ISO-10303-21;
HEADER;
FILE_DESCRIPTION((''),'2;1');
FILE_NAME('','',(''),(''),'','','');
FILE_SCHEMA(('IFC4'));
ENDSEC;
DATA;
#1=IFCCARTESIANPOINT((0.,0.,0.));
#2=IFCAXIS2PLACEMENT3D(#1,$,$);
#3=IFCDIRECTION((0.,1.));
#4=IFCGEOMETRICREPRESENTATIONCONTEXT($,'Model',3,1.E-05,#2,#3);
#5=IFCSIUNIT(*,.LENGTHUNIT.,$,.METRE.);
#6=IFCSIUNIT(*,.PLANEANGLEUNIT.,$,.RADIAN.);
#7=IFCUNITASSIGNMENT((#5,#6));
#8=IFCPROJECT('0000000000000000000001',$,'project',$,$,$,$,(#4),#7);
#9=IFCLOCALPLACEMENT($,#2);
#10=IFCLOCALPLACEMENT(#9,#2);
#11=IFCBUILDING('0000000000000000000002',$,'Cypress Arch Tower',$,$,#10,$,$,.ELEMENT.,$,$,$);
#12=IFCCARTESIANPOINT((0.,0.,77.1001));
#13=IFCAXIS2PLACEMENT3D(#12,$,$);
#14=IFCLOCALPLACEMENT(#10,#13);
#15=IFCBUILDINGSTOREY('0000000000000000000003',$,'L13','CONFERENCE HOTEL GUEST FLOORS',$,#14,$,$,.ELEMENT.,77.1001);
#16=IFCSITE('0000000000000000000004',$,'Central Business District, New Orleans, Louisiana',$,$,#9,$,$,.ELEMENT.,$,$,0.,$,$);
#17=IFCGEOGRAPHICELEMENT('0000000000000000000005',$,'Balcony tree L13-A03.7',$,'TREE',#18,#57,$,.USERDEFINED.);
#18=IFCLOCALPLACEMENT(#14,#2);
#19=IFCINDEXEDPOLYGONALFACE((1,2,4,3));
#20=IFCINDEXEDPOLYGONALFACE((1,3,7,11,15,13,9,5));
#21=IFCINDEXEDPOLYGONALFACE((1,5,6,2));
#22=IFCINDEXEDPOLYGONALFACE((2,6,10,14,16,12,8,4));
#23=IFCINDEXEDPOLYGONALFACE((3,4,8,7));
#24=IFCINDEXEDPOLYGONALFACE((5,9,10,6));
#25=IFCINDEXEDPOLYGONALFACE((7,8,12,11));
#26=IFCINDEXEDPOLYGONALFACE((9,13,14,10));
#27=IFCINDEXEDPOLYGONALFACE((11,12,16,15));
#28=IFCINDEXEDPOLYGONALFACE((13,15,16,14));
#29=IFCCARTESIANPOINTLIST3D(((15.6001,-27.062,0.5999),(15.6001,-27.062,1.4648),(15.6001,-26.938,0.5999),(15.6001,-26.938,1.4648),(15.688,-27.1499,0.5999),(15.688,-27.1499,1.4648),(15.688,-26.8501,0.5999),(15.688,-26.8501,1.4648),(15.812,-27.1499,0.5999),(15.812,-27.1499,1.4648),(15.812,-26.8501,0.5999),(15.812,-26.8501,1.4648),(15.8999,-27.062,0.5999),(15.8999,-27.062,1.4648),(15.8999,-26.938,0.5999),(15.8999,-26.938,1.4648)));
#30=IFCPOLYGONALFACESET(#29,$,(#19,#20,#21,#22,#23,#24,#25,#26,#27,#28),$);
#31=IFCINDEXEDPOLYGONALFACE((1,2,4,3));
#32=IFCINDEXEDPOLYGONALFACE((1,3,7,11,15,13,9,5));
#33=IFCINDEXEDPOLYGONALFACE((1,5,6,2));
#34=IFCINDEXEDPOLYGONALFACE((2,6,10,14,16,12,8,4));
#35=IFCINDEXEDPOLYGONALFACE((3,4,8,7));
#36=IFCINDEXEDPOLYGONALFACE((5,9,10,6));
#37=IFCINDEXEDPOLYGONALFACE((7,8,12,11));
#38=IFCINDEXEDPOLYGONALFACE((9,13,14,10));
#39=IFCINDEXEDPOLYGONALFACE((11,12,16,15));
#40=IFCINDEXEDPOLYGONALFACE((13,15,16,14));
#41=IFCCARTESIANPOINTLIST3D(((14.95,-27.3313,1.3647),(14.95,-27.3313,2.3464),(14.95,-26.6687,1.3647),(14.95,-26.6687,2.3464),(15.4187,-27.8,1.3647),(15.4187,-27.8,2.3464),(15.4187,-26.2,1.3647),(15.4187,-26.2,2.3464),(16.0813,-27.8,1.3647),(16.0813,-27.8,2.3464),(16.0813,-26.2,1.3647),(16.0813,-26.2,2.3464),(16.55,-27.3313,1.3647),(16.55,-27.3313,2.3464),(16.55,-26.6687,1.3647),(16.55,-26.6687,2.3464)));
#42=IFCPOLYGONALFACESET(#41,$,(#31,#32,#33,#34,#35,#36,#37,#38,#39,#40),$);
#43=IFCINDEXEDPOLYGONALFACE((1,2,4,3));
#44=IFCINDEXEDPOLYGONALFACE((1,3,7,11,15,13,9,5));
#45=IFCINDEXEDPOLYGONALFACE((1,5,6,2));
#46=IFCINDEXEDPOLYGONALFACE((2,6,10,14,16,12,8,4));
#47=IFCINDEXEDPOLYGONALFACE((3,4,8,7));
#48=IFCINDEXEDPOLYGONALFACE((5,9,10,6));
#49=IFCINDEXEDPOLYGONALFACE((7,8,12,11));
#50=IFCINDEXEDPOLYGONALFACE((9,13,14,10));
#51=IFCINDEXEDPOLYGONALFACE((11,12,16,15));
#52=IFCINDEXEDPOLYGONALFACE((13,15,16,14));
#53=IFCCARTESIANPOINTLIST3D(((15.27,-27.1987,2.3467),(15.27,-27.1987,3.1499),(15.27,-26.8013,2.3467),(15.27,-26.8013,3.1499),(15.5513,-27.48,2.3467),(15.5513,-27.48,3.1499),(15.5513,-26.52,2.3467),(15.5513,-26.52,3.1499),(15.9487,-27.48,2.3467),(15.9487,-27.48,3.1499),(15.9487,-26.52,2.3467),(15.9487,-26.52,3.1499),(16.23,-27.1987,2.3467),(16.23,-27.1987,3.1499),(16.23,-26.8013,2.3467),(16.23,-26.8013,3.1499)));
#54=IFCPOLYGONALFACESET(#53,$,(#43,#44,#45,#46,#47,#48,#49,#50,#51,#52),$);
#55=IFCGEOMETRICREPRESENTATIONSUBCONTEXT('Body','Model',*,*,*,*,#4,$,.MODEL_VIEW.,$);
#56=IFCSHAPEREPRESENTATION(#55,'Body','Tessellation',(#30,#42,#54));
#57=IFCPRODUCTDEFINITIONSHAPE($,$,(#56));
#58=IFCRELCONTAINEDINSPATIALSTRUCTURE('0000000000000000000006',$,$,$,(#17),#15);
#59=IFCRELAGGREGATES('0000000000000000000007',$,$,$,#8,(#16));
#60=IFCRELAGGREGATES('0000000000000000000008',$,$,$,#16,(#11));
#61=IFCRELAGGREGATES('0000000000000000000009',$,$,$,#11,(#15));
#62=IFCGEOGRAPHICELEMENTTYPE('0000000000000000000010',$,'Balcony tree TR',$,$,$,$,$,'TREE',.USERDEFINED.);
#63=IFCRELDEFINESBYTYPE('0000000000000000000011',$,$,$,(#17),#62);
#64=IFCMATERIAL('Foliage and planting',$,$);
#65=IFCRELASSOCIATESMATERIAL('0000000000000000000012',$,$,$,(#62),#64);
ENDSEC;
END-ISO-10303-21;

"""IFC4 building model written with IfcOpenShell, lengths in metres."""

from ifc_helpers import new_model, si_unit, direction, frame, origin, place, context, subcontext, project, spatial, polyline, outline, extrude, material, type_object, element, save


model = new_model("IFC4")

# Units and contexts
model_context = context("Model", 3, precision=1e-05, world=origin(), true_north=direction((0.0, 1.0)))
body_context = subcontext(model_context, "Body", "Model", "MODEL_VIEW")
ifc_project = project(units=[si_unit("LENGTHUNIT", "METRE"), si_unit("PLANEANGLEUNIT", "RADIAN")], contexts=[model_context])

# Site, building, storey
site_placement = place(None, origin())
site = spatial("IfcSite", under=ifc_project, at=site_placement, Name="Central Business District, New Orleans, Louisiana", CompositionType="ELEMENT", RefElevation=0.0)
building_placement = place(site_placement, origin())
building = spatial("IfcBuilding", under=site, at=building_placement, Name="Cypress Arch Tower", CompositionType="ELEMENT")
storey_placement = place(building_placement, frame((0.0, 0.0, 77.1001)))
storey = spatial("IfcBuildingStorey", under=building, at=storey_placement, Name="L13", Description="CONFERENCE HOTEL GUEST FLOORS", CompositionType="ELEMENT", Elevation=77.1001)

# Geographic element
ifc_material_1 = material(Name="Foliage and planting")
geographic_element_type = type_object("IfcGeographicElementType", Name="Balcony tree TR", ElementType="TREE", PredefinedType="USERDEFINED", material=ifc_material_1)
geographic_element_placement = place(storey_placement, frame((15.75, -27.0, 0.5999), z_axis=(0.0, 0.0, 1.0), x_axis=(1.0, 0.0, 0.0)))
element("IfcGeographicElement", 1, at=geographic_element_placement, inside=storey, type_object=geographic_element_type, Name="Balcony tree L13-A03.7", ObjectType="TREE", PredefinedType="USERDEFINED", context=body_context, shape_type="SweptSolid", body=[
    extrude(outline(polyline([(0.1499, 0.062), (0.062, 0.1499), (-0.062, 0.1499), (-0.1499, 0.062), (-0.1499, -0.062), (-0.062, -0.1499), (0.062, -0.1499), (0.1499, -0.062), (0.1499, 0.062)])), origin(), (0.0, 0.0, 1.0), 0.865),
    extrude(outline(polyline([(0.8, 0.3313), (0.3313, 0.8), (-0.3313, 0.8), (-0.8, 0.3313), (-0.8, -0.3313), (-0.3313, -0.8), (0.3313, -0.8), (0.8, -0.3313), (0.8, 0.3313)])), frame((0.0, 0.0, 0.7649)), (0.0, 0.0, 1.0), 0.9817),
    extrude(outline(polyline([(0.48, 0.1987), (0.1987, 0.48), (-0.1987, 0.48), (-0.48, 0.1987), (-0.48, -0.1987), (-0.1987, -0.48), (0.1987, -0.48), (0.48, -0.1987), (0.48, 0.1987)])), frame((0.0, 0.0, 1.7468)), (0.0, 0.0, 1.0), 0.8032),
])

save(model, "model.ifc")
